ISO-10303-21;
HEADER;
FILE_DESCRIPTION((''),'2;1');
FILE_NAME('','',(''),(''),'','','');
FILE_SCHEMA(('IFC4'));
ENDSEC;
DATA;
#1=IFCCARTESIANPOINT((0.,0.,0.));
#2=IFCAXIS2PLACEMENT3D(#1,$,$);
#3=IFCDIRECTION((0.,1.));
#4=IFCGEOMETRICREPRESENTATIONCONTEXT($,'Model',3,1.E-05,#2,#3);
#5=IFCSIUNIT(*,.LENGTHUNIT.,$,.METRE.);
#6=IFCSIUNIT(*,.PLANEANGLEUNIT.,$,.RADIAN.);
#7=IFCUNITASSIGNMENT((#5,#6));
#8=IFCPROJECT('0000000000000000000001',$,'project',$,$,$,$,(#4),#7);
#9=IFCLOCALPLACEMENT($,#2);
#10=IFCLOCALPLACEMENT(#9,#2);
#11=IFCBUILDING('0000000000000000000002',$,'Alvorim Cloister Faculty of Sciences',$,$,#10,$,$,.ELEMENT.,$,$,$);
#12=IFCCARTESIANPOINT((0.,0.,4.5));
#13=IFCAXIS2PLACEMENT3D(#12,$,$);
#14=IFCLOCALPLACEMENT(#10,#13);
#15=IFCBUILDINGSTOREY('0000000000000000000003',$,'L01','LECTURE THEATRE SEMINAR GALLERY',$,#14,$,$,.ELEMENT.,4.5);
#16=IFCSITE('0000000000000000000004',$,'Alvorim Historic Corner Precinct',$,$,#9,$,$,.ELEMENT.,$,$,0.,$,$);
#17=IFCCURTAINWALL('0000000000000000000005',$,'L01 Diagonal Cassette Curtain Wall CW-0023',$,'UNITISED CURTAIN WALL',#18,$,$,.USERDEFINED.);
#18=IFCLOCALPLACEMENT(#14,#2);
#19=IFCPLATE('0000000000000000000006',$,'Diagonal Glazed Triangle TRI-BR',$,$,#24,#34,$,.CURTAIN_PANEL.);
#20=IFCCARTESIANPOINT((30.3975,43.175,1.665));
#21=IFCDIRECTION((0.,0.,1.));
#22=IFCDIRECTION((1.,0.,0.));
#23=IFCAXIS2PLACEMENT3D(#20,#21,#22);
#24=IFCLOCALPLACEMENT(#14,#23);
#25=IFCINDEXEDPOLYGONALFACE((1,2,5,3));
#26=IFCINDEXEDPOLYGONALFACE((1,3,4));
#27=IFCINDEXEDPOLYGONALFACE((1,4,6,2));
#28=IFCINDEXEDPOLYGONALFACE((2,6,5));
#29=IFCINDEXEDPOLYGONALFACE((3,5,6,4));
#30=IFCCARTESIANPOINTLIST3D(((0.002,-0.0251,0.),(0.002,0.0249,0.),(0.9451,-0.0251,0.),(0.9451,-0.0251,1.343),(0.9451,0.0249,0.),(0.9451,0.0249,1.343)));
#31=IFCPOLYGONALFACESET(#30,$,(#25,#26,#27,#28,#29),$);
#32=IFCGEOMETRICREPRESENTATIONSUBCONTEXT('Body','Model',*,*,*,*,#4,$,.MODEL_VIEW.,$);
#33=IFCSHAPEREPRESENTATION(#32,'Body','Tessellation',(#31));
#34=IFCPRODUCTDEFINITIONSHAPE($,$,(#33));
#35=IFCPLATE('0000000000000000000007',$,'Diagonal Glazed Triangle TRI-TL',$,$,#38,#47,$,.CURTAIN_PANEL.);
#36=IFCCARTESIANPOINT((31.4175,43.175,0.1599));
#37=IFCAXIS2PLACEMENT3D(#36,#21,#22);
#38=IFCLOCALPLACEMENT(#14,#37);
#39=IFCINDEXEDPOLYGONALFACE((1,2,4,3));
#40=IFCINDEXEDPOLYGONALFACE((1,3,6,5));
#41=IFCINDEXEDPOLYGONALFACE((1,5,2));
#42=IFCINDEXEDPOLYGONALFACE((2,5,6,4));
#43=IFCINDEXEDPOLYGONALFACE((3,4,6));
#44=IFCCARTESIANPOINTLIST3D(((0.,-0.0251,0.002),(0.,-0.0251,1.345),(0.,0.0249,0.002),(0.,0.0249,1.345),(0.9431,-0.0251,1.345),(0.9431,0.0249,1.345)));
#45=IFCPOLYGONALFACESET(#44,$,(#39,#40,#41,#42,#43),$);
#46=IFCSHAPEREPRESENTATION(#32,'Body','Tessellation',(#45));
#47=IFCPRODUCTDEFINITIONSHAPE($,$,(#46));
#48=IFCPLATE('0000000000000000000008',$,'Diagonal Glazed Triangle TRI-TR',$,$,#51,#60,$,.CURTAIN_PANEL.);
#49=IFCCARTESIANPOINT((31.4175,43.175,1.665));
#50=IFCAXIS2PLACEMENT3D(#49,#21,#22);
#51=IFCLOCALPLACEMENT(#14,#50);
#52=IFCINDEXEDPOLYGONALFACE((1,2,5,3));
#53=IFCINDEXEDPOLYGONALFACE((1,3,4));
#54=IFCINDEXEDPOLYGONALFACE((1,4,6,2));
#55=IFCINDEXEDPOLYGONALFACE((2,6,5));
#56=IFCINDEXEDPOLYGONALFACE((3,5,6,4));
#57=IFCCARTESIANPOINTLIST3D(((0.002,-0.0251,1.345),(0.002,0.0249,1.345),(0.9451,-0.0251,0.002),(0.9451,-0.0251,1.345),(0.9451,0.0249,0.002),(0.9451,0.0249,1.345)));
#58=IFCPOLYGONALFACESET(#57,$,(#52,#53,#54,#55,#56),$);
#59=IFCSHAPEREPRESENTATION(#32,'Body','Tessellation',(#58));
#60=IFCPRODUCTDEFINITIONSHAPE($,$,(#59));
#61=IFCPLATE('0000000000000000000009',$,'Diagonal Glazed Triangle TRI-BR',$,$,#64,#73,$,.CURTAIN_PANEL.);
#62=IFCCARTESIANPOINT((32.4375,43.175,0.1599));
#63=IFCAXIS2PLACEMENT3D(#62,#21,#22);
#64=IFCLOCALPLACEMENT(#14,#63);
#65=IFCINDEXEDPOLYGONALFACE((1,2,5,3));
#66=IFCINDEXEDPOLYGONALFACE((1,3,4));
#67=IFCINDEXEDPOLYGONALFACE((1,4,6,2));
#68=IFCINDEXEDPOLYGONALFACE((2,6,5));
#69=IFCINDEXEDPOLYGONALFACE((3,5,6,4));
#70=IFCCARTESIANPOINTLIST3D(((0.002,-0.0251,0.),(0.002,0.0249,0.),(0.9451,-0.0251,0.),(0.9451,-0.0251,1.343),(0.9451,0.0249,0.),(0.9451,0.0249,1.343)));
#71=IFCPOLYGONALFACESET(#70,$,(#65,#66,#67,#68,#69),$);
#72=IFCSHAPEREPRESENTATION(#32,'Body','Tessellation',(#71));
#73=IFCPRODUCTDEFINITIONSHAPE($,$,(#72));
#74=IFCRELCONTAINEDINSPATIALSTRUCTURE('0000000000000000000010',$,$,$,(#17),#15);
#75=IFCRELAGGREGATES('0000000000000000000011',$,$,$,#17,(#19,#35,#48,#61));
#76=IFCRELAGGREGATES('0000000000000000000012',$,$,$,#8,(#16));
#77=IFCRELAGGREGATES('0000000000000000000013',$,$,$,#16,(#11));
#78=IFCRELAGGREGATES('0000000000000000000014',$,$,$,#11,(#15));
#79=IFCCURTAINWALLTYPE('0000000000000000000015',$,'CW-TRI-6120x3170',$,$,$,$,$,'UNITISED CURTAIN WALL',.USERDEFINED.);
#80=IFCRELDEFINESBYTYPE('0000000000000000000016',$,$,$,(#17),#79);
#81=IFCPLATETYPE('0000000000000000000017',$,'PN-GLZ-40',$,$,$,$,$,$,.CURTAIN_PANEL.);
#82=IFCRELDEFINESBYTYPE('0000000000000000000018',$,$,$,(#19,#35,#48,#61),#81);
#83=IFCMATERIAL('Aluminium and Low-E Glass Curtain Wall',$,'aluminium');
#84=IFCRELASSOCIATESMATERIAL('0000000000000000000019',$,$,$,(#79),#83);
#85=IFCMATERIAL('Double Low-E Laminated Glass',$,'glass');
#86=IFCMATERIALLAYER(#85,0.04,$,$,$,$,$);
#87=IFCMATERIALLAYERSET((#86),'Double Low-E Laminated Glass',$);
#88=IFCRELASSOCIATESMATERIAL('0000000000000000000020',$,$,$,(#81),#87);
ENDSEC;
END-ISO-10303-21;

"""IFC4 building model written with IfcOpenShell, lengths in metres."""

from ifc_helpers import new_model, si_unit, direction, frame, origin, place, context, subcontext, project, spatial, polyline, outline, extrude, material, layer, layer_set, type_object, element, aggregate, save


model = new_model("IFC4")

# Units and contexts
model_context = context("Model", 3, precision=1e-05, world=origin(), true_north=direction((0.0, 1.0)))
body_context = subcontext(model_context, "Body", "Model", "MODEL_VIEW")
ifc_project = project(units=[si_unit("LENGTHUNIT", "METRE"), si_unit("PLANEANGLEUNIT", "RADIAN")], contexts=[model_context])

# Site, building, storey
site_placement = place(None, origin())
site = spatial("IfcSite", under=ifc_project, at=site_placement, Name="Alvorim Historic Corner Precinct", CompositionType="ELEMENT", RefElevation=0.0)
building_placement = place(site_placement, origin())
building = spatial("IfcBuilding", under=site, at=building_placement, Name="Alvorim Cloister Faculty of Sciences", CompositionType="ELEMENT")
storey_placement = place(building_placement, frame((0.0, 0.0, 4.5)))
storey = spatial("IfcBuildingStorey", under=building, at=storey_placement, Name="L01", Description="LECTURE THEATRE SEMINAR GALLERY", CompositionType="ELEMENT", Elevation=4.5)

# Curtain wall, plates
ifc_material_1 = material(Name="Aluminium and Low-E Glass Curtain Wall", Category="aluminium")
curtain_wall_type = type_object("IfcCurtainWallType", Name="CW-TRI-6120x3170", ElementType="UNITISED CURTAIN WALL", PredefinedType="USERDEFINED", material=ifc_material_1)
curtain_wall_placement = place(storey_placement, origin())
curtain_wall = element("IfcCurtainWall", 1, at=curtain_wall_placement, inside=storey, type_object=curtain_wall_type, Name="L01 Diagonal Cassette Curtain Wall CW-0023", ObjectType="UNITISED CURTAIN WALL", PredefinedType="USERDEFINED")
ifc_material_2 = material(Name="Double Low-E Laminated Glass", Category="glass")
ifc_layer = layer(ifc_material_2, 0.04)
ifc_layer_set = layer_set([ifc_layer], Name="Double Low-E Laminated Glass")
plate_type = type_object("IfcPlateType", Name="PN-GLZ-40", PredefinedType="CURTAIN_PANEL", material=ifc_layer_set)
plate_1_placement = place(storey_placement, frame((30.3975, 43.175, 1.665), z_axis=(0.0, 0.0, 1.0), x_axis=(1.0, 0.0, 0.0)))
plate_1 = element("IfcPlate", 2, at=plate_1_placement, type_object=plate_type, Name="Diagonal Glazed Triangle TRI-BR", PredefinedType="CURTAIN_PANEL", context=body_context, shape_type="SweptSolid", body=[
    extrude(outline(polyline([(0.002, 0.0), (0.9451, 0.0), (0.9451, 1.343), (0.002, 0.0)])), frame((0.0, 0.0249, 0.0), z_axis=(0.0, -1.0, 0.0), x_axis=(1.0, 0.0, 0.0)), (0.0, 0.0, 1.0), 0.05),
])
plate_2_placement = place(storey_placement, frame((31.4175, 43.175, 0.1599), z_axis=(0.0, 0.0, 1.0), x_axis=(1.0, 0.0, 0.0)))
plate_2 = element("IfcPlate", 3, at=plate_2_placement, type_object=plate_type, Name="Diagonal Glazed Triangle TRI-TL", PredefinedType="CURTAIN_PANEL", context=body_context, shape_type="SweptSolid", body=[
    extrude(outline(polyline([(0.9431, 1.345), (0.0, 1.345), (0.0, 0.002), (0.9431, 1.345)])), frame((0.0, 0.0249, 0.0), z_axis=(0.0, -1.0, 0.0), x_axis=(1.0, 0.0, 0.0)), (0.0, 0.0, 1.0), 0.05),
])
plate_3_placement = place(storey_placement, frame((31.4175, 43.175, 1.665), z_axis=(0.0, 0.0, 1.0), x_axis=(1.0, 0.0, 0.0)))
plate_3 = element("IfcPlate", 4, at=plate_3_placement, type_object=plate_type, Name="Diagonal Glazed Triangle TRI-TR", PredefinedType="CURTAIN_PANEL", context=body_context, shape_type="SweptSolid", body=[
    extrude(outline(polyline([(0.9451, 0.002), (0.9451, 1.345), (0.002, 1.345), (0.9451, 0.002)])), frame((0.0, 0.0249, 0.0), z_axis=(0.0, -1.0, 0.0), x_axis=(1.0, 0.0, 0.0)), (0.0, 0.0, 1.0), 0.05),
])
plate_4_placement = place(storey_placement, frame((32.4375, 43.175, 0.1599), z_axis=(0.0, 0.0, 1.0), x_axis=(1.0, 0.0, 0.0)))
plate_4 = element("IfcPlate", 5, at=plate_4_placement, type_object=plate_type, Name="Diagonal Glazed Triangle TRI-BR", PredefinedType="CURTAIN_PANEL", context=body_context, shape_type="SweptSolid", body=[
    extrude(outline(polyline([(0.002, 0.0), (0.9451, 0.0), (0.9451, 1.343), (0.002, 0.0)])), frame((0.0, 0.0249, 0.0), z_axis=(0.0, -1.0, 0.0), x_axis=(1.0, 0.0, 0.0)), (0.0, 0.0, 1.0), 0.05),
])
aggregate(curtain_wall, [plate_1, plate_2, plate_3, plate_4])

save(model, "model.ifc")
